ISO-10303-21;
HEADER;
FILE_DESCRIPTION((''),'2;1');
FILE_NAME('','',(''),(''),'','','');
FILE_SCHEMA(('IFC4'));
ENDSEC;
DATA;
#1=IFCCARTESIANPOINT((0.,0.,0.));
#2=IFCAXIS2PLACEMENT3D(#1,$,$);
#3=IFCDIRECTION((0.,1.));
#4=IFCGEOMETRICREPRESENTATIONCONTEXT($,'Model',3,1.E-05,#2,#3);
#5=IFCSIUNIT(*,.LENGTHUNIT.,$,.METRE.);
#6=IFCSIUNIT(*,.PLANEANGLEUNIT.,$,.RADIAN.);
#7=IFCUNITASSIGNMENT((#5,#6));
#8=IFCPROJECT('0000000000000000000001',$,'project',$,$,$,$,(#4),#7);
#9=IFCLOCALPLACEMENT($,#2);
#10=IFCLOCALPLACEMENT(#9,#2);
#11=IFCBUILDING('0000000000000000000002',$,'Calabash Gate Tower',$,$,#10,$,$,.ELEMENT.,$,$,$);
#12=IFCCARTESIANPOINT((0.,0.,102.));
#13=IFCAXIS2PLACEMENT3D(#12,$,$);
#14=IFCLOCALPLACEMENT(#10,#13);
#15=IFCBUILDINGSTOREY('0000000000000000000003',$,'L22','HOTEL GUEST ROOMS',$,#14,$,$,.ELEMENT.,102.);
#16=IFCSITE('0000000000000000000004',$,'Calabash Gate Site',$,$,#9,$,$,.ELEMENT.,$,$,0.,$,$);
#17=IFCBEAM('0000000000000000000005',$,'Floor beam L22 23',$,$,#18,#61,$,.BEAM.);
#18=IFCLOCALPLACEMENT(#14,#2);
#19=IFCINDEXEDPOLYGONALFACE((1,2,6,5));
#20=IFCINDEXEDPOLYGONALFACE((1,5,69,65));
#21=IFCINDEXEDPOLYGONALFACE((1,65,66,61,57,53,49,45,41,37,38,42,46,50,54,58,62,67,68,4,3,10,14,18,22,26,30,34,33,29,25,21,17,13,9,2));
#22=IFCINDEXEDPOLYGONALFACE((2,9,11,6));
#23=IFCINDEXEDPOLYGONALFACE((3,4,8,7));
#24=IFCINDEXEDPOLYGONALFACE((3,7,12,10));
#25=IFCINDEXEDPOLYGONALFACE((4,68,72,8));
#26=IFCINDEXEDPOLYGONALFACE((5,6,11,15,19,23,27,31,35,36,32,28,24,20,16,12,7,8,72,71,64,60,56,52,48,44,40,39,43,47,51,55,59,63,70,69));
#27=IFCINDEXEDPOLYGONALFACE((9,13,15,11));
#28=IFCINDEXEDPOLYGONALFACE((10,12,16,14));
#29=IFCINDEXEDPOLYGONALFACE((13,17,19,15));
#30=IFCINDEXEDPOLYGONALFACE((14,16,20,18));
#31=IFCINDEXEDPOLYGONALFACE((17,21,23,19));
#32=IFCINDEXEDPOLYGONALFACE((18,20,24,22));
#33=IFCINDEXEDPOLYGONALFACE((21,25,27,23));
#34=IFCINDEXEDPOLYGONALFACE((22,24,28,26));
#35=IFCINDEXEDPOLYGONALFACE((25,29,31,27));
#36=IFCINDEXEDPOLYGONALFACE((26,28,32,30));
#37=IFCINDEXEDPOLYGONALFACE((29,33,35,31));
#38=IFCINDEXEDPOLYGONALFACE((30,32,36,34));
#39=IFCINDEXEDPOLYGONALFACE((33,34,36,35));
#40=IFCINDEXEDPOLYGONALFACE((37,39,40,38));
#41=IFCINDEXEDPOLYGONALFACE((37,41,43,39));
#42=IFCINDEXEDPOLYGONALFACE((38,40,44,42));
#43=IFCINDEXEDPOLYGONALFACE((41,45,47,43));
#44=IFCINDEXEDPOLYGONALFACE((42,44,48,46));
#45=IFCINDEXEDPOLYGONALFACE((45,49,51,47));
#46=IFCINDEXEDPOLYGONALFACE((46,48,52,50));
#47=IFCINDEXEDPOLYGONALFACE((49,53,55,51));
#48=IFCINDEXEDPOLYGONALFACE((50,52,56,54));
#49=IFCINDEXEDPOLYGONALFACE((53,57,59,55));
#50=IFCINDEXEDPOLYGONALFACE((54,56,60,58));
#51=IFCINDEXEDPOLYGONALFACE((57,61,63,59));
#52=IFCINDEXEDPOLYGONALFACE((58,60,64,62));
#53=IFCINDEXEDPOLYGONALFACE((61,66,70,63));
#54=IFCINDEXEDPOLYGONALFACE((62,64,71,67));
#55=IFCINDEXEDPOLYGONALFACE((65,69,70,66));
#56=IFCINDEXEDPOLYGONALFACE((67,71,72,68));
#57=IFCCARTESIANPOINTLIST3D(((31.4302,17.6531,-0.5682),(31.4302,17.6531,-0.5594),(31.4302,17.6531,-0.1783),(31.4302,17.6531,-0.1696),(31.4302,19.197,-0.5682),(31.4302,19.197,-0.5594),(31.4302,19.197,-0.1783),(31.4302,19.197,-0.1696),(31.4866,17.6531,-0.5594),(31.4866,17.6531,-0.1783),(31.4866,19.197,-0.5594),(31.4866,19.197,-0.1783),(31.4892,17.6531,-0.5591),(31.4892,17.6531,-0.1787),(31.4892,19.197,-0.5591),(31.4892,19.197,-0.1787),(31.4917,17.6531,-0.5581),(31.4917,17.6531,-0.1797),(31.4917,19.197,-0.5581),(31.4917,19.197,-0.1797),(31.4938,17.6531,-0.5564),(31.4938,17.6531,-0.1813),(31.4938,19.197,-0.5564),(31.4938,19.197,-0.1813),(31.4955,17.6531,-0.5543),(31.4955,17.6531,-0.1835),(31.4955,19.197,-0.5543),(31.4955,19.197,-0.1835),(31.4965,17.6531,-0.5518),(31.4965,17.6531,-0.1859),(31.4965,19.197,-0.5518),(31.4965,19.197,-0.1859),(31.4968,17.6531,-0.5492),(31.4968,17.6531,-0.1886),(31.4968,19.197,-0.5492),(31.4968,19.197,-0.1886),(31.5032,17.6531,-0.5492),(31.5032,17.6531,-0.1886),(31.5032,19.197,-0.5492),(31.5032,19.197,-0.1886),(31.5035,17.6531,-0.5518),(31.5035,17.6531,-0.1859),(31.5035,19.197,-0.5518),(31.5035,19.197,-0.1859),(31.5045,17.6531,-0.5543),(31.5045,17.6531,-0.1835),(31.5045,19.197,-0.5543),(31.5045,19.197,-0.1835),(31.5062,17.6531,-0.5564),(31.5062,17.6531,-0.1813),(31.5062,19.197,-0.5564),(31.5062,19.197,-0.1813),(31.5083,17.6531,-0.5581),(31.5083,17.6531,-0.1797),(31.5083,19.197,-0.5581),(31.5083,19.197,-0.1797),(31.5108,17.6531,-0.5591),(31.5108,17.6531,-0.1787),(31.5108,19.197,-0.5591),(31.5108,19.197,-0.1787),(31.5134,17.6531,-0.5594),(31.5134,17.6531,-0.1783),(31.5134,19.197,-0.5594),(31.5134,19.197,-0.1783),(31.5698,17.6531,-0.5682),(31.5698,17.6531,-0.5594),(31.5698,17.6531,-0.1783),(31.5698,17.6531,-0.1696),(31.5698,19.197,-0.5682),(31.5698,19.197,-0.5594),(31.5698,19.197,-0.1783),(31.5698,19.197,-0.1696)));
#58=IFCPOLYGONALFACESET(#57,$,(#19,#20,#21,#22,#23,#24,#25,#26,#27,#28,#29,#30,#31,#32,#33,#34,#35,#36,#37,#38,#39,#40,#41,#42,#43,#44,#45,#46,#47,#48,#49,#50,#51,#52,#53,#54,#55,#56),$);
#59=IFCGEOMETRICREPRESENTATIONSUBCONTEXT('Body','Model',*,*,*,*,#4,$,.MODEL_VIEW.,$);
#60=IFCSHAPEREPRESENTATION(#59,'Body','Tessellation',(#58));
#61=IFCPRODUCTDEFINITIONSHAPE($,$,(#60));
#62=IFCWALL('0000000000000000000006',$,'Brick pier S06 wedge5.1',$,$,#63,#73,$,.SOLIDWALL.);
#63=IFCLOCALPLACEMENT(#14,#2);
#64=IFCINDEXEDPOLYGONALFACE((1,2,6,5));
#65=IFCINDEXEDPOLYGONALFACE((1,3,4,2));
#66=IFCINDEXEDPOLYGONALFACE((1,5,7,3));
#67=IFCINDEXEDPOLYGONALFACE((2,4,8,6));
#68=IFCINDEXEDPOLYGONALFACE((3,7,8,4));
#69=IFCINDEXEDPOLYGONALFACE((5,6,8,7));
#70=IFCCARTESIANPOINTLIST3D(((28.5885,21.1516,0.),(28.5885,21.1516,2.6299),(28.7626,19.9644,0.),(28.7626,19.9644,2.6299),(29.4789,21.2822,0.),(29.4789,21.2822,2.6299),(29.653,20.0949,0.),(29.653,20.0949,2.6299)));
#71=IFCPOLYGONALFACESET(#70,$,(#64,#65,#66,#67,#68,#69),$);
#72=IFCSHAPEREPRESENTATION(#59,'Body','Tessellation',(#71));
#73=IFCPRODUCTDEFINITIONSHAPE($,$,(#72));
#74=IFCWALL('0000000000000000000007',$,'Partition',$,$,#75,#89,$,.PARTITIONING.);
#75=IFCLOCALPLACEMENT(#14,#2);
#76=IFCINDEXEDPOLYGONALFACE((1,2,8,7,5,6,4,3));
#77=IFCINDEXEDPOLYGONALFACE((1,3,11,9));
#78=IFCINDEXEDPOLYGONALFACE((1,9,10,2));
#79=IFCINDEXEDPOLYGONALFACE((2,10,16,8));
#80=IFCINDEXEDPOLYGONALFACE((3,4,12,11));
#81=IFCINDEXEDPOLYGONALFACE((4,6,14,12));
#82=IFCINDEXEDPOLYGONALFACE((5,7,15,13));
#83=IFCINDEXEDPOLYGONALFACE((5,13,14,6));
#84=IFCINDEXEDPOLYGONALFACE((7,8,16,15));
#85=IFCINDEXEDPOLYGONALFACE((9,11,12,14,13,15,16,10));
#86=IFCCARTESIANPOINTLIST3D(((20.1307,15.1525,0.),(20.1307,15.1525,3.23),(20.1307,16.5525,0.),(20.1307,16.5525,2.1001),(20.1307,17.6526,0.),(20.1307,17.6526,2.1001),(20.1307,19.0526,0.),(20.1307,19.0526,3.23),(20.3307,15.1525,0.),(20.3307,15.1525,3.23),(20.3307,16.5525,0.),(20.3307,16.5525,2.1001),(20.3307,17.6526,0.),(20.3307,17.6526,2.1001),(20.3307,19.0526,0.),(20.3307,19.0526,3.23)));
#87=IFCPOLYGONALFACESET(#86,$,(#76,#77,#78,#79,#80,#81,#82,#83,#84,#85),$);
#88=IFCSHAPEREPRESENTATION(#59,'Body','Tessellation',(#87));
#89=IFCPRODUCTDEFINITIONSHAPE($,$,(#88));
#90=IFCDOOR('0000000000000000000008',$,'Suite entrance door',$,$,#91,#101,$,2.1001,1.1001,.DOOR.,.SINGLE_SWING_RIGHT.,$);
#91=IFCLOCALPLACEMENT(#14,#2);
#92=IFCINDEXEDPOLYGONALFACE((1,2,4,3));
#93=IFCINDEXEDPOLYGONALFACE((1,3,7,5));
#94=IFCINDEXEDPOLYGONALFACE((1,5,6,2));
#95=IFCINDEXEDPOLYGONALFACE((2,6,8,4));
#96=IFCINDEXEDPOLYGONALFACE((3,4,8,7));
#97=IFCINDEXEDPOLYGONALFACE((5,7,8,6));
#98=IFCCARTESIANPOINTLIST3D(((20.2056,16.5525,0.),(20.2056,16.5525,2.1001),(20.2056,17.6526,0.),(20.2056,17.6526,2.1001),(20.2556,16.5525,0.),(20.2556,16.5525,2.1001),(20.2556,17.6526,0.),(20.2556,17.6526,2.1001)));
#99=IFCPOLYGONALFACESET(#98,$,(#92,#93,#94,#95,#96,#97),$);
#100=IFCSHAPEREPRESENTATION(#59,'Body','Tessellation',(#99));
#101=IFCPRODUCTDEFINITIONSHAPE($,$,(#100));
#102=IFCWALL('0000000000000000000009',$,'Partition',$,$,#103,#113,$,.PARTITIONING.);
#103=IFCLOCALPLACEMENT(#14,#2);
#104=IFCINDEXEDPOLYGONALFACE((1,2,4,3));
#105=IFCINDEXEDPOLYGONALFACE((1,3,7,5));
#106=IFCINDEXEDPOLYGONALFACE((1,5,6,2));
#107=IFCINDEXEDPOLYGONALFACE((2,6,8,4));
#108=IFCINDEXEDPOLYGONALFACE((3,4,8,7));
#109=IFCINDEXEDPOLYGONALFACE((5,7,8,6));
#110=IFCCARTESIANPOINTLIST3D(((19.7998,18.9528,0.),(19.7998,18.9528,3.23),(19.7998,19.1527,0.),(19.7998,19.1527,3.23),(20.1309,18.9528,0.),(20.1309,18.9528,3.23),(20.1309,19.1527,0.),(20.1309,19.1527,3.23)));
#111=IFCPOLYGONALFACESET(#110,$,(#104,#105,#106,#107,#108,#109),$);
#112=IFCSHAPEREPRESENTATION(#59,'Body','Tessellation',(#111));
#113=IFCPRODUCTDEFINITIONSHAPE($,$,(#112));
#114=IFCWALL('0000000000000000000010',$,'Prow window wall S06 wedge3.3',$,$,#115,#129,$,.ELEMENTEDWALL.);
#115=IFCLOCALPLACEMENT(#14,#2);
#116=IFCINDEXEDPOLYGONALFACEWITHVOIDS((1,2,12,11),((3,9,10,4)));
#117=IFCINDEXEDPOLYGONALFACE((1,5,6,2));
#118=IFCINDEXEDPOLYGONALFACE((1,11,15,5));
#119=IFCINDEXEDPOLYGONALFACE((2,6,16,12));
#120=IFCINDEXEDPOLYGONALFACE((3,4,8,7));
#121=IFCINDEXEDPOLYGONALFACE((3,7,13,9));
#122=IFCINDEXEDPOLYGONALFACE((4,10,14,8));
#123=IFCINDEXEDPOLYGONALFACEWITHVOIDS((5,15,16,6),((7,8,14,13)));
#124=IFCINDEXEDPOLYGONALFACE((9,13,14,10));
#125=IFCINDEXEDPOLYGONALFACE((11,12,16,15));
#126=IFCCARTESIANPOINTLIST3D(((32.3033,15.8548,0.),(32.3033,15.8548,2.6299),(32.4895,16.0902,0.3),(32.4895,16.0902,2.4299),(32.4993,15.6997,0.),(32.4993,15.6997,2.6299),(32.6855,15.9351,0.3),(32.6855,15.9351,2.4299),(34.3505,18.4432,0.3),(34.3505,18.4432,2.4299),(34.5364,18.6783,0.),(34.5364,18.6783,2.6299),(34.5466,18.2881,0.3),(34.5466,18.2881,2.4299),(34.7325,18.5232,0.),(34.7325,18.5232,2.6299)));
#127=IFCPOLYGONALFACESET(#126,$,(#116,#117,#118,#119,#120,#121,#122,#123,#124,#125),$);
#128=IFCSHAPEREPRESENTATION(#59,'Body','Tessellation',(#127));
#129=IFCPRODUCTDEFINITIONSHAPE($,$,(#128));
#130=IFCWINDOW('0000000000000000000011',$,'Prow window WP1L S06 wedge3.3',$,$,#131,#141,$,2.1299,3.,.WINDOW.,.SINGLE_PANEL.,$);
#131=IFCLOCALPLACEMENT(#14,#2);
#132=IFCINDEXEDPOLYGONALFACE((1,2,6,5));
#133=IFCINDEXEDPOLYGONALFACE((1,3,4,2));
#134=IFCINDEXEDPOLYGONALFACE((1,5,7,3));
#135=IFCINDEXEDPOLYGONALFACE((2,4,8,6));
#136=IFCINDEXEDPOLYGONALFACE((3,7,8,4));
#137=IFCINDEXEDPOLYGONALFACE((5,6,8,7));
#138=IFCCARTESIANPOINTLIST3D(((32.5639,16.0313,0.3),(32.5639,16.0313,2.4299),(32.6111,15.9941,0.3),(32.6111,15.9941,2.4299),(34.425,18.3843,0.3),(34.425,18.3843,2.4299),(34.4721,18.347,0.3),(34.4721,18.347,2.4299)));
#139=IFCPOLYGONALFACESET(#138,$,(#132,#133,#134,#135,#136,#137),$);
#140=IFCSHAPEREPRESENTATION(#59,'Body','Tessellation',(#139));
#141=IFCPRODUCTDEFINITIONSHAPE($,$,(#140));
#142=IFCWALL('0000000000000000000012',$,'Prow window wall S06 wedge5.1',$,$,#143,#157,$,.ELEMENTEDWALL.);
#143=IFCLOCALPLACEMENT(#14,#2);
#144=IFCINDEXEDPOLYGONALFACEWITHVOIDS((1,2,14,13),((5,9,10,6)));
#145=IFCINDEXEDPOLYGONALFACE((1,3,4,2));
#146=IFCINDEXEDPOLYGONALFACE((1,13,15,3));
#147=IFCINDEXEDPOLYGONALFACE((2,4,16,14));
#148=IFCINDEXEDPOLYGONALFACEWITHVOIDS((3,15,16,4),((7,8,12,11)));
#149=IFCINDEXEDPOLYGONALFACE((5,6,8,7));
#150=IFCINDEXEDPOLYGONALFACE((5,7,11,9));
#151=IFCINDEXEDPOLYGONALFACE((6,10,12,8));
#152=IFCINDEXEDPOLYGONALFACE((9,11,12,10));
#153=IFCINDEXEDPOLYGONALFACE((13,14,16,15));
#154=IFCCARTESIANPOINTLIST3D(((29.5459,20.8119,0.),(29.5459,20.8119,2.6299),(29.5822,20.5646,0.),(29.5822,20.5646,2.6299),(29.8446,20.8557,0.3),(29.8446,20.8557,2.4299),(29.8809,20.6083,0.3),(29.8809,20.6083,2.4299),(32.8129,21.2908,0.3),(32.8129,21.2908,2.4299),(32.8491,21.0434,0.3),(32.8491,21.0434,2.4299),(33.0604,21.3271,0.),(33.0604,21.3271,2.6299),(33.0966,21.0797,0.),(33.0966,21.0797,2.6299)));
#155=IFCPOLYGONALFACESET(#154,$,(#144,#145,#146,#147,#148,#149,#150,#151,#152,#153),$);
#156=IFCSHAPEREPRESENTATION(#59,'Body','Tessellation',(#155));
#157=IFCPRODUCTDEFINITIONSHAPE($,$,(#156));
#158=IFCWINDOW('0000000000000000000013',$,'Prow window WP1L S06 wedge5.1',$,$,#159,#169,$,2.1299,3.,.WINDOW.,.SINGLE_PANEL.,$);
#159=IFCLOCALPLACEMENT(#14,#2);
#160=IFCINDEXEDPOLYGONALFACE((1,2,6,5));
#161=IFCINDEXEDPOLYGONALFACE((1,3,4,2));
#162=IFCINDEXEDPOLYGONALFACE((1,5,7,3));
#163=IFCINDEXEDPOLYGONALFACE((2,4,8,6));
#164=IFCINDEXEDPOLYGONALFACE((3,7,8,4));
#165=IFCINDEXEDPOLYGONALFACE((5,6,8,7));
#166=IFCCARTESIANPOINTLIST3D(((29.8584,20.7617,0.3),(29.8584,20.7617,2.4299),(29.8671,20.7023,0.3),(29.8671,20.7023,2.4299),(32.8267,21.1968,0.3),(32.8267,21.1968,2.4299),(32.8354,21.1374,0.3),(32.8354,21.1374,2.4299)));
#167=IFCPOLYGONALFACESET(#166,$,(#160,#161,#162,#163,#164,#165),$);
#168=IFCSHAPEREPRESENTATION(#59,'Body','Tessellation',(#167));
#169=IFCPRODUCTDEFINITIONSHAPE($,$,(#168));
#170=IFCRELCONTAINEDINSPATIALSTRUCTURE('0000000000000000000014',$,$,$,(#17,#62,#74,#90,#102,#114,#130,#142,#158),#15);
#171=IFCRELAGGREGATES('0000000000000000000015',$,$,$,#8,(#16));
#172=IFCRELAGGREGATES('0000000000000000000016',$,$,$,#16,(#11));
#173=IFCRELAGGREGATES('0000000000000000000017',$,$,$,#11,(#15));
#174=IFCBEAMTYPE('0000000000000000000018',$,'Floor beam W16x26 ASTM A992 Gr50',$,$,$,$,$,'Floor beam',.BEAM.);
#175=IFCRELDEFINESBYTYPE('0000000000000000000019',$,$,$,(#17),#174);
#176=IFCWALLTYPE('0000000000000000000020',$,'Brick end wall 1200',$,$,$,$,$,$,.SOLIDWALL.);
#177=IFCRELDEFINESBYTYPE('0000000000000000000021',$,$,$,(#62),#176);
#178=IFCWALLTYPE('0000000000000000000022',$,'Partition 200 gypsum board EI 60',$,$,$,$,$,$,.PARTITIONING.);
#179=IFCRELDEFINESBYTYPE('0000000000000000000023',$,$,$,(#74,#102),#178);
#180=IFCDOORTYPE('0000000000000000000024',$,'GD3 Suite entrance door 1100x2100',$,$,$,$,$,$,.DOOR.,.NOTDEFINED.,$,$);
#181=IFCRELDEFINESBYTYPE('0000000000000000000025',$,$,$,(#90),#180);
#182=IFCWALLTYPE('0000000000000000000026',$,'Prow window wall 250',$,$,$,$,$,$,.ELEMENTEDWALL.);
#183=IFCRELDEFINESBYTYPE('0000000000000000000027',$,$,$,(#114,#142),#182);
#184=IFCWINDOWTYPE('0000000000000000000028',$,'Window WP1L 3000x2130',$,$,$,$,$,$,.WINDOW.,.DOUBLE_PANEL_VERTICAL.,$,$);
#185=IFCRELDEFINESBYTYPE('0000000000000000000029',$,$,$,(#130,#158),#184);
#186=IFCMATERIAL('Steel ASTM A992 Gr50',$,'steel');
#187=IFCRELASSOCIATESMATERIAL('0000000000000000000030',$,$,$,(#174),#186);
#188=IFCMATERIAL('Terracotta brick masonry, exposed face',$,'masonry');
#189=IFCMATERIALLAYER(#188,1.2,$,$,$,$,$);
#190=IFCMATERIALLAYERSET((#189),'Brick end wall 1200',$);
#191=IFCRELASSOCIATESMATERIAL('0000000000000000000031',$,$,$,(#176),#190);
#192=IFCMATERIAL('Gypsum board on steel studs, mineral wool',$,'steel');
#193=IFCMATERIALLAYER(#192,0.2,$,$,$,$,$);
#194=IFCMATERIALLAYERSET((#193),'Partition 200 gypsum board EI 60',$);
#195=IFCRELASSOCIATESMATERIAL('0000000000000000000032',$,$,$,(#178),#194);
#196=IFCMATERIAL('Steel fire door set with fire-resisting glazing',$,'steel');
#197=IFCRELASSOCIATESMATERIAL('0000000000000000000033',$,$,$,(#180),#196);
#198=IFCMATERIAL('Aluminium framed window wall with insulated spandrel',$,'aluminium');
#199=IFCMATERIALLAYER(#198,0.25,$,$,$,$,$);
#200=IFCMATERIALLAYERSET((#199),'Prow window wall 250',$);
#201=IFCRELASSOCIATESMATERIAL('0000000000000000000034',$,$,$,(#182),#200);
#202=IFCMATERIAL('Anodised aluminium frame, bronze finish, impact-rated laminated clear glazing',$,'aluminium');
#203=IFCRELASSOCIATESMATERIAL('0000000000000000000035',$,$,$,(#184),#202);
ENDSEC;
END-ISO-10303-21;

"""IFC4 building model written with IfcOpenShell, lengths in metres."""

from ifc_helpers import new_model, si_unit, direction, frame, frame_2d, origin, origin_2d, place, context, subcontext, project, spatial, rectangle, i_section, extrude, material, layer, layer_set, material_profile, profile_set, type_object, element, fill, save


model = new_model("IFC4")

# Units and contexts
model_context = context("Model", 3, precision=1e-05, world=origin(), true_north=direction((0.0, 1.0)))
body_context = subcontext(model_context, "Body", "Model", "MODEL_VIEW")
ifc_project = project(units=[si_unit("LENGTHUNIT", "METRE"), si_unit("PLANEANGLEUNIT", "RADIAN")], contexts=[model_context])

# Site, building, storey
site_placement = place(None, origin())
site = spatial("IfcSite", under=ifc_project, at=site_placement, Name="Calabash Gate Site", CompositionType="ELEMENT", RefElevation=0.0)
building_placement = place(site_placement, origin())
building = spatial("IfcBuilding", under=site, at=building_placement, Name="Calabash Gate Tower", CompositionType="ELEMENT")
storey_placement = place(building_placement, frame((0.0, 0.0, 102.0)))
storey = spatial("IfcBuildingStorey", under=building, at=storey_placement, Name="L22", Description="HOTEL GUEST ROOMS", CompositionType="ELEMENT", Elevation=102.0)

# Beam
ifc_material_1 = material(Name="Steel ASTM A992 Gr50", Category="steel")
ifc_material_profile_1 = material_profile(ifc_material_1, i_section(OverallWidth=0.1396, OverallDepth=0.3987, WebThickness=0.0063, FlangeThickness=0.0088, FilletRadius=0.0103, at=origin_2d()))
ifc_profile_set_1 = profile_set([ifc_material_profile_1], Name="Steel ASTM A992 Gr50")
beam_type_1 = type_object("IfcBeamType", Name="Floor beam W16x26 ASTM A992 Gr50", ElementType="Floor beam", PredefinedType="BEAM", material=ifc_profile_set_1)
beam_1_placement = place(storey_placement, frame((31.5, 17.6531, -0.3689), z_axis=(0.0, 1.0, 0.0), x_axis=(-1.0, 0.0, 0.0)))
element("IfcBeam", 1, at=beam_1_placement, inside=storey, type_object=beam_type_1, Name="Floor beam L22 23", PredefinedType="BEAM", context=body_context, shape_type="SweptSolid", body=[
    extrude(i_section(OverallWidth=0.1396, OverallDepth=0.3987, WebThickness=0.0063, FlangeThickness=0.0088, FilletRadius=0.0103, at=origin_2d()), origin(), (0.0, 0.0, 1.0), 1.5439),
])

# Wall
ifc_material_2 = material(Name="Terracotta brick masonry, exposed face", Category="masonry")
ifc_layer_1 = layer(ifc_material_2, 1.2)
ifc_layer_set_1 = layer_set([ifc_layer_1], Name="Brick end wall 1200")
wall_type_1 = type_object("IfcWallType", Name="Brick end wall 1200", PredefinedType="SOLIDWALL", material=ifc_layer_set_1)
wall_1_placement = place(storey_placement, frame((29.0337, 21.217, 0.0), z_axis=(0.0, 0.0, 1.0), x_axis=(0.145066, -0.989422, 0.0)))
element("IfcWall", 2, at=wall_1_placement, inside=storey, type_object=wall_type_1, Name="Brick pier S06 wedge5.1", PredefinedType="SOLIDWALL", context=body_context, shape_type="SweptSolid", body=[
    extrude(rectangle(XDim=1.2, YDim=0.8999, at=frame_2d((0.6001, 0.0))), origin(), (0.0, 0.0, 1.0), 2.6299),
])

# Wall, opening, door
ifc_material_3 = material(Name="Gypsum board on steel studs, mineral wool", Category="steel")
ifc_layer_2 = layer(ifc_material_3, 0.2)
ifc_layer_set_2 = layer_set([ifc_layer_2], Name="Partition 200 gypsum board EI 60")
wall_type_2 = type_object("IfcWallType", Name="Partition 200 gypsum board EI 60", PredefinedType="PARTITIONING", material=ifc_layer_set_2)
wall_2_placement = place(storey_placement, frame((20.2307, 19.0527, 0.0), z_axis=(0.0, 0.0, 1.0), x_axis=(0.0, -1.0, 0.0)))
wall_2 = element("IfcWall", 3, at=wall_2_placement, inside=storey, type_object=wall_type_2, Name="Partition", PredefinedType="PARTITIONING", context=body_context, shape_type="SweptSolid", body=[
    extrude(rectangle(XDim=3.9001, YDim=0.2, at=frame_2d((1.9502, 0.0))), origin(), (0.0, 0.0, 1.0), 3.23),
])
opening_1_placement = place(wall_2_placement, frame((1.4001, 0.0, 0.0)))
opening_1 = element("IfcOpeningElement", 4, at=opening_1_placement, cuts=wall_2, PredefinedType="OPENING", context=body_context, shape_type="SweptSolid", body=[
    extrude(rectangle(XDim=1.1001, YDim=2.1001, at=frame_2d((0.55, 1.05))), frame((0.0, 0.1099, 0.0), z_axis=(0.0, -1.0, 0.0), x_axis=(1.0, 0.0, 0.0)), (0.0, 0.0, 1.0), 0.22),
])
ifc_material_4 = material(Name="Steel fire door set with fire-resisting glazing", Category="steel")
door_type = type_object("IfcDoorType", Name="GD3 Suite entrance door 1100x2100", OperationType="NOTDEFINED", PredefinedType="DOOR", material=ifc_material_4)
door_placement = place(opening_1_placement, origin())
door = element("IfcDoor", 5, at=door_placement, inside=storey, type_object=door_type, Name="Suite entrance door", OperationType="SINGLE_SWING_RIGHT", OverallHeight=2.1001, OverallWidth=1.1001, PredefinedType="DOOR", context=body_context, shape_type="SweptSolid", body=[
    extrude(rectangle(XDim=1.1001, YDim=2.1001, at=frame_2d((0.55, 1.05))), frame((0.0, 0.0249, 0.0), z_axis=(0.0, -1.0, 0.0), x_axis=(1.0, 0.0, 0.0)), (0.0, 0.0, 1.0), 0.05),
])
fill(opening_1, door)

# Wall
wall_3_placement = place(storey_placement, frame((19.7998, 19.0527, 0.0), z_axis=(0.0, 0.0, 1.0), x_axis=(1.0, 0.0, 0.0)))
element("IfcWall", 6, at=wall_3_placement, inside=storey, type_object=wall_type_2, Name="Partition", PredefinedType="PARTITIONING", context=body_context, shape_type="SweptSolid", body=[
    extrude(rectangle(XDim=0.3311, YDim=0.2, at=frame_2d((0.1655, 0.0))), origin(), (0.0, 0.0, 1.0), 3.23),
])

# Walls, openings, windows
ifc_material_5 = material(Name="Aluminium framed window wall with insulated spandrel", Category="aluminium")
ifc_layer_3 = layer(ifc_material_5, 0.25)
ifc_layer_set_3 = layer_set([ifc_layer_3], Name="Prow window wall 250")
wall_type_3 = type_object("IfcWallType", Name="Prow window wall 250", PredefinedType="ELEMENTEDWALL", material=ifc_layer_set_3)
wall_4_placement = place(storey_placement, frame((32.4014, 15.7773, 0.0), z_axis=(0.0, 0.0, 1.0), x_axis=(0.620343, 0.78433, 0.0)))
wall_4 = element("IfcWall", 7, at=wall_4_placement, inside=storey, type_object=wall_type_3, Name="Prow window wall S06 wedge3.3", PredefinedType="ELEMENTEDWALL", context=body_context, shape_type="SweptSolid", body=[
    extrude(rectangle(XDim=3.5999, YDim=0.25, at=frame_2d((1.7998, 0.0))), origin(), (0.0, 0.0, 1.0), 2.6299),
])
opening_2_placement = place(wall_4_placement, frame((0.3, 0.0, 0.3)))
opening_2 = element("IfcOpeningElement", 8, at=opening_2_placement, cuts=wall_4, PredefinedType="OPENING", context=body_context, shape_type="SweptSolid", body=[
    extrude(rectangle(XDim=3.0, YDim=2.1299, at=frame_2d((1.5, 1.0649))), frame((0.0, 0.135, 0.0), z_axis=(0.0, -1.0, 0.0), x_axis=(1.0, 0.0, 0.0)), (0.0, 0.0, 1.0), 0.27),
])
ifc_material_6 = material(Name="Anodised aluminium frame, bronze finish, impact-rated laminated clear glazing", Category="aluminium")
window_type_1 = type_object("IfcWindowType", Name="Window WP1L 3000x2130", PartitioningType="DOUBLE_PANEL_VERTICAL", PredefinedType="WINDOW", material=ifc_material_6)
window_1_placement = place(opening_2_placement, origin())
window_1 = element("IfcWindow", 9, at=window_1_placement, inside=storey, type_object=window_type_1, Name="Prow window WP1L S06 wedge3.3", OverallHeight=2.1299, OverallWidth=3.0, PartitioningType="SINGLE_PANEL", PredefinedType="WINDOW", context=body_context, shape_type="SweptSolid", body=[
    extrude(rectangle(XDim=3.0, YDim=2.1299, at=frame_2d((1.5, 1.0649))), frame((0.0, 0.03, 0.0), z_axis=(0.0, -1.0, 0.0), x_axis=(1.0, 0.0, 0.0)), (0.0, 0.0, 1.0), 0.0601),
])
fill(opening_2, window_1)
wall_5_placement = place(storey_placement, frame((33.0784, 21.2034, 0.0), z_axis=(0.0, 0.0, 1.0), x_axis=(-0.989427, -0.145029, 0.0)))
wall_5 = element("IfcWall", 10, at=wall_5_placement, inside=storey, type_object=wall_type_3, Name="Prow window wall S06 wedge5.1", PredefinedType="ELEMENTEDWALL", context=body_context, shape_type="SweptSolid", body=[
    extrude(rectangle(XDim=3.552, YDim=0.25, at=frame_2d((1.7759, 0.0))), origin(), (0.0, 0.0, 1.0), 2.6299),
])
opening_3_placement = place(wall_5_placement, frame((0.25, 0.0, 0.3)))
opening_3 = element("IfcOpeningElement", 11, at=opening_3_placement, cuts=wall_5, PredefinedType="OPENING", context=body_context, shape_type="SweptSolid", body=[
    extrude(rectangle(XDim=3.0, YDim=2.1299, at=frame_2d((1.5, 1.0649))), frame((0.0, 0.135, 0.0), z_axis=(0.0, -1.0, 0.0), x_axis=(1.0, 0.0, 0.0)), (0.0, 0.0, 1.0), 0.27),
])
window_2_placement = place(opening_3_placement, origin())
window_2 = element("IfcWindow", 12, at=window_2_placement, inside=storey, type_object=window_type_1, Name="Prow window WP1L S06 wedge5.1", OverallHeight=2.1299, OverallWidth=3.0, PartitioningType="SINGLE_PANEL", PredefinedType="WINDOW", context=body_context, shape_type="SweptSolid", body=[
    extrude(rectangle(XDim=3.0, YDim=2.1299, at=frame_2d((1.5, 1.0649))), frame((0.0, 0.03, 0.0), z_axis=(0.0, -1.0, 0.0), x_axis=(1.0, 0.0, 0.0)), (0.0, 0.0, 1.0), 0.0601),
])
fill(opening_3, window_2)

save(model, "model.ifc")
